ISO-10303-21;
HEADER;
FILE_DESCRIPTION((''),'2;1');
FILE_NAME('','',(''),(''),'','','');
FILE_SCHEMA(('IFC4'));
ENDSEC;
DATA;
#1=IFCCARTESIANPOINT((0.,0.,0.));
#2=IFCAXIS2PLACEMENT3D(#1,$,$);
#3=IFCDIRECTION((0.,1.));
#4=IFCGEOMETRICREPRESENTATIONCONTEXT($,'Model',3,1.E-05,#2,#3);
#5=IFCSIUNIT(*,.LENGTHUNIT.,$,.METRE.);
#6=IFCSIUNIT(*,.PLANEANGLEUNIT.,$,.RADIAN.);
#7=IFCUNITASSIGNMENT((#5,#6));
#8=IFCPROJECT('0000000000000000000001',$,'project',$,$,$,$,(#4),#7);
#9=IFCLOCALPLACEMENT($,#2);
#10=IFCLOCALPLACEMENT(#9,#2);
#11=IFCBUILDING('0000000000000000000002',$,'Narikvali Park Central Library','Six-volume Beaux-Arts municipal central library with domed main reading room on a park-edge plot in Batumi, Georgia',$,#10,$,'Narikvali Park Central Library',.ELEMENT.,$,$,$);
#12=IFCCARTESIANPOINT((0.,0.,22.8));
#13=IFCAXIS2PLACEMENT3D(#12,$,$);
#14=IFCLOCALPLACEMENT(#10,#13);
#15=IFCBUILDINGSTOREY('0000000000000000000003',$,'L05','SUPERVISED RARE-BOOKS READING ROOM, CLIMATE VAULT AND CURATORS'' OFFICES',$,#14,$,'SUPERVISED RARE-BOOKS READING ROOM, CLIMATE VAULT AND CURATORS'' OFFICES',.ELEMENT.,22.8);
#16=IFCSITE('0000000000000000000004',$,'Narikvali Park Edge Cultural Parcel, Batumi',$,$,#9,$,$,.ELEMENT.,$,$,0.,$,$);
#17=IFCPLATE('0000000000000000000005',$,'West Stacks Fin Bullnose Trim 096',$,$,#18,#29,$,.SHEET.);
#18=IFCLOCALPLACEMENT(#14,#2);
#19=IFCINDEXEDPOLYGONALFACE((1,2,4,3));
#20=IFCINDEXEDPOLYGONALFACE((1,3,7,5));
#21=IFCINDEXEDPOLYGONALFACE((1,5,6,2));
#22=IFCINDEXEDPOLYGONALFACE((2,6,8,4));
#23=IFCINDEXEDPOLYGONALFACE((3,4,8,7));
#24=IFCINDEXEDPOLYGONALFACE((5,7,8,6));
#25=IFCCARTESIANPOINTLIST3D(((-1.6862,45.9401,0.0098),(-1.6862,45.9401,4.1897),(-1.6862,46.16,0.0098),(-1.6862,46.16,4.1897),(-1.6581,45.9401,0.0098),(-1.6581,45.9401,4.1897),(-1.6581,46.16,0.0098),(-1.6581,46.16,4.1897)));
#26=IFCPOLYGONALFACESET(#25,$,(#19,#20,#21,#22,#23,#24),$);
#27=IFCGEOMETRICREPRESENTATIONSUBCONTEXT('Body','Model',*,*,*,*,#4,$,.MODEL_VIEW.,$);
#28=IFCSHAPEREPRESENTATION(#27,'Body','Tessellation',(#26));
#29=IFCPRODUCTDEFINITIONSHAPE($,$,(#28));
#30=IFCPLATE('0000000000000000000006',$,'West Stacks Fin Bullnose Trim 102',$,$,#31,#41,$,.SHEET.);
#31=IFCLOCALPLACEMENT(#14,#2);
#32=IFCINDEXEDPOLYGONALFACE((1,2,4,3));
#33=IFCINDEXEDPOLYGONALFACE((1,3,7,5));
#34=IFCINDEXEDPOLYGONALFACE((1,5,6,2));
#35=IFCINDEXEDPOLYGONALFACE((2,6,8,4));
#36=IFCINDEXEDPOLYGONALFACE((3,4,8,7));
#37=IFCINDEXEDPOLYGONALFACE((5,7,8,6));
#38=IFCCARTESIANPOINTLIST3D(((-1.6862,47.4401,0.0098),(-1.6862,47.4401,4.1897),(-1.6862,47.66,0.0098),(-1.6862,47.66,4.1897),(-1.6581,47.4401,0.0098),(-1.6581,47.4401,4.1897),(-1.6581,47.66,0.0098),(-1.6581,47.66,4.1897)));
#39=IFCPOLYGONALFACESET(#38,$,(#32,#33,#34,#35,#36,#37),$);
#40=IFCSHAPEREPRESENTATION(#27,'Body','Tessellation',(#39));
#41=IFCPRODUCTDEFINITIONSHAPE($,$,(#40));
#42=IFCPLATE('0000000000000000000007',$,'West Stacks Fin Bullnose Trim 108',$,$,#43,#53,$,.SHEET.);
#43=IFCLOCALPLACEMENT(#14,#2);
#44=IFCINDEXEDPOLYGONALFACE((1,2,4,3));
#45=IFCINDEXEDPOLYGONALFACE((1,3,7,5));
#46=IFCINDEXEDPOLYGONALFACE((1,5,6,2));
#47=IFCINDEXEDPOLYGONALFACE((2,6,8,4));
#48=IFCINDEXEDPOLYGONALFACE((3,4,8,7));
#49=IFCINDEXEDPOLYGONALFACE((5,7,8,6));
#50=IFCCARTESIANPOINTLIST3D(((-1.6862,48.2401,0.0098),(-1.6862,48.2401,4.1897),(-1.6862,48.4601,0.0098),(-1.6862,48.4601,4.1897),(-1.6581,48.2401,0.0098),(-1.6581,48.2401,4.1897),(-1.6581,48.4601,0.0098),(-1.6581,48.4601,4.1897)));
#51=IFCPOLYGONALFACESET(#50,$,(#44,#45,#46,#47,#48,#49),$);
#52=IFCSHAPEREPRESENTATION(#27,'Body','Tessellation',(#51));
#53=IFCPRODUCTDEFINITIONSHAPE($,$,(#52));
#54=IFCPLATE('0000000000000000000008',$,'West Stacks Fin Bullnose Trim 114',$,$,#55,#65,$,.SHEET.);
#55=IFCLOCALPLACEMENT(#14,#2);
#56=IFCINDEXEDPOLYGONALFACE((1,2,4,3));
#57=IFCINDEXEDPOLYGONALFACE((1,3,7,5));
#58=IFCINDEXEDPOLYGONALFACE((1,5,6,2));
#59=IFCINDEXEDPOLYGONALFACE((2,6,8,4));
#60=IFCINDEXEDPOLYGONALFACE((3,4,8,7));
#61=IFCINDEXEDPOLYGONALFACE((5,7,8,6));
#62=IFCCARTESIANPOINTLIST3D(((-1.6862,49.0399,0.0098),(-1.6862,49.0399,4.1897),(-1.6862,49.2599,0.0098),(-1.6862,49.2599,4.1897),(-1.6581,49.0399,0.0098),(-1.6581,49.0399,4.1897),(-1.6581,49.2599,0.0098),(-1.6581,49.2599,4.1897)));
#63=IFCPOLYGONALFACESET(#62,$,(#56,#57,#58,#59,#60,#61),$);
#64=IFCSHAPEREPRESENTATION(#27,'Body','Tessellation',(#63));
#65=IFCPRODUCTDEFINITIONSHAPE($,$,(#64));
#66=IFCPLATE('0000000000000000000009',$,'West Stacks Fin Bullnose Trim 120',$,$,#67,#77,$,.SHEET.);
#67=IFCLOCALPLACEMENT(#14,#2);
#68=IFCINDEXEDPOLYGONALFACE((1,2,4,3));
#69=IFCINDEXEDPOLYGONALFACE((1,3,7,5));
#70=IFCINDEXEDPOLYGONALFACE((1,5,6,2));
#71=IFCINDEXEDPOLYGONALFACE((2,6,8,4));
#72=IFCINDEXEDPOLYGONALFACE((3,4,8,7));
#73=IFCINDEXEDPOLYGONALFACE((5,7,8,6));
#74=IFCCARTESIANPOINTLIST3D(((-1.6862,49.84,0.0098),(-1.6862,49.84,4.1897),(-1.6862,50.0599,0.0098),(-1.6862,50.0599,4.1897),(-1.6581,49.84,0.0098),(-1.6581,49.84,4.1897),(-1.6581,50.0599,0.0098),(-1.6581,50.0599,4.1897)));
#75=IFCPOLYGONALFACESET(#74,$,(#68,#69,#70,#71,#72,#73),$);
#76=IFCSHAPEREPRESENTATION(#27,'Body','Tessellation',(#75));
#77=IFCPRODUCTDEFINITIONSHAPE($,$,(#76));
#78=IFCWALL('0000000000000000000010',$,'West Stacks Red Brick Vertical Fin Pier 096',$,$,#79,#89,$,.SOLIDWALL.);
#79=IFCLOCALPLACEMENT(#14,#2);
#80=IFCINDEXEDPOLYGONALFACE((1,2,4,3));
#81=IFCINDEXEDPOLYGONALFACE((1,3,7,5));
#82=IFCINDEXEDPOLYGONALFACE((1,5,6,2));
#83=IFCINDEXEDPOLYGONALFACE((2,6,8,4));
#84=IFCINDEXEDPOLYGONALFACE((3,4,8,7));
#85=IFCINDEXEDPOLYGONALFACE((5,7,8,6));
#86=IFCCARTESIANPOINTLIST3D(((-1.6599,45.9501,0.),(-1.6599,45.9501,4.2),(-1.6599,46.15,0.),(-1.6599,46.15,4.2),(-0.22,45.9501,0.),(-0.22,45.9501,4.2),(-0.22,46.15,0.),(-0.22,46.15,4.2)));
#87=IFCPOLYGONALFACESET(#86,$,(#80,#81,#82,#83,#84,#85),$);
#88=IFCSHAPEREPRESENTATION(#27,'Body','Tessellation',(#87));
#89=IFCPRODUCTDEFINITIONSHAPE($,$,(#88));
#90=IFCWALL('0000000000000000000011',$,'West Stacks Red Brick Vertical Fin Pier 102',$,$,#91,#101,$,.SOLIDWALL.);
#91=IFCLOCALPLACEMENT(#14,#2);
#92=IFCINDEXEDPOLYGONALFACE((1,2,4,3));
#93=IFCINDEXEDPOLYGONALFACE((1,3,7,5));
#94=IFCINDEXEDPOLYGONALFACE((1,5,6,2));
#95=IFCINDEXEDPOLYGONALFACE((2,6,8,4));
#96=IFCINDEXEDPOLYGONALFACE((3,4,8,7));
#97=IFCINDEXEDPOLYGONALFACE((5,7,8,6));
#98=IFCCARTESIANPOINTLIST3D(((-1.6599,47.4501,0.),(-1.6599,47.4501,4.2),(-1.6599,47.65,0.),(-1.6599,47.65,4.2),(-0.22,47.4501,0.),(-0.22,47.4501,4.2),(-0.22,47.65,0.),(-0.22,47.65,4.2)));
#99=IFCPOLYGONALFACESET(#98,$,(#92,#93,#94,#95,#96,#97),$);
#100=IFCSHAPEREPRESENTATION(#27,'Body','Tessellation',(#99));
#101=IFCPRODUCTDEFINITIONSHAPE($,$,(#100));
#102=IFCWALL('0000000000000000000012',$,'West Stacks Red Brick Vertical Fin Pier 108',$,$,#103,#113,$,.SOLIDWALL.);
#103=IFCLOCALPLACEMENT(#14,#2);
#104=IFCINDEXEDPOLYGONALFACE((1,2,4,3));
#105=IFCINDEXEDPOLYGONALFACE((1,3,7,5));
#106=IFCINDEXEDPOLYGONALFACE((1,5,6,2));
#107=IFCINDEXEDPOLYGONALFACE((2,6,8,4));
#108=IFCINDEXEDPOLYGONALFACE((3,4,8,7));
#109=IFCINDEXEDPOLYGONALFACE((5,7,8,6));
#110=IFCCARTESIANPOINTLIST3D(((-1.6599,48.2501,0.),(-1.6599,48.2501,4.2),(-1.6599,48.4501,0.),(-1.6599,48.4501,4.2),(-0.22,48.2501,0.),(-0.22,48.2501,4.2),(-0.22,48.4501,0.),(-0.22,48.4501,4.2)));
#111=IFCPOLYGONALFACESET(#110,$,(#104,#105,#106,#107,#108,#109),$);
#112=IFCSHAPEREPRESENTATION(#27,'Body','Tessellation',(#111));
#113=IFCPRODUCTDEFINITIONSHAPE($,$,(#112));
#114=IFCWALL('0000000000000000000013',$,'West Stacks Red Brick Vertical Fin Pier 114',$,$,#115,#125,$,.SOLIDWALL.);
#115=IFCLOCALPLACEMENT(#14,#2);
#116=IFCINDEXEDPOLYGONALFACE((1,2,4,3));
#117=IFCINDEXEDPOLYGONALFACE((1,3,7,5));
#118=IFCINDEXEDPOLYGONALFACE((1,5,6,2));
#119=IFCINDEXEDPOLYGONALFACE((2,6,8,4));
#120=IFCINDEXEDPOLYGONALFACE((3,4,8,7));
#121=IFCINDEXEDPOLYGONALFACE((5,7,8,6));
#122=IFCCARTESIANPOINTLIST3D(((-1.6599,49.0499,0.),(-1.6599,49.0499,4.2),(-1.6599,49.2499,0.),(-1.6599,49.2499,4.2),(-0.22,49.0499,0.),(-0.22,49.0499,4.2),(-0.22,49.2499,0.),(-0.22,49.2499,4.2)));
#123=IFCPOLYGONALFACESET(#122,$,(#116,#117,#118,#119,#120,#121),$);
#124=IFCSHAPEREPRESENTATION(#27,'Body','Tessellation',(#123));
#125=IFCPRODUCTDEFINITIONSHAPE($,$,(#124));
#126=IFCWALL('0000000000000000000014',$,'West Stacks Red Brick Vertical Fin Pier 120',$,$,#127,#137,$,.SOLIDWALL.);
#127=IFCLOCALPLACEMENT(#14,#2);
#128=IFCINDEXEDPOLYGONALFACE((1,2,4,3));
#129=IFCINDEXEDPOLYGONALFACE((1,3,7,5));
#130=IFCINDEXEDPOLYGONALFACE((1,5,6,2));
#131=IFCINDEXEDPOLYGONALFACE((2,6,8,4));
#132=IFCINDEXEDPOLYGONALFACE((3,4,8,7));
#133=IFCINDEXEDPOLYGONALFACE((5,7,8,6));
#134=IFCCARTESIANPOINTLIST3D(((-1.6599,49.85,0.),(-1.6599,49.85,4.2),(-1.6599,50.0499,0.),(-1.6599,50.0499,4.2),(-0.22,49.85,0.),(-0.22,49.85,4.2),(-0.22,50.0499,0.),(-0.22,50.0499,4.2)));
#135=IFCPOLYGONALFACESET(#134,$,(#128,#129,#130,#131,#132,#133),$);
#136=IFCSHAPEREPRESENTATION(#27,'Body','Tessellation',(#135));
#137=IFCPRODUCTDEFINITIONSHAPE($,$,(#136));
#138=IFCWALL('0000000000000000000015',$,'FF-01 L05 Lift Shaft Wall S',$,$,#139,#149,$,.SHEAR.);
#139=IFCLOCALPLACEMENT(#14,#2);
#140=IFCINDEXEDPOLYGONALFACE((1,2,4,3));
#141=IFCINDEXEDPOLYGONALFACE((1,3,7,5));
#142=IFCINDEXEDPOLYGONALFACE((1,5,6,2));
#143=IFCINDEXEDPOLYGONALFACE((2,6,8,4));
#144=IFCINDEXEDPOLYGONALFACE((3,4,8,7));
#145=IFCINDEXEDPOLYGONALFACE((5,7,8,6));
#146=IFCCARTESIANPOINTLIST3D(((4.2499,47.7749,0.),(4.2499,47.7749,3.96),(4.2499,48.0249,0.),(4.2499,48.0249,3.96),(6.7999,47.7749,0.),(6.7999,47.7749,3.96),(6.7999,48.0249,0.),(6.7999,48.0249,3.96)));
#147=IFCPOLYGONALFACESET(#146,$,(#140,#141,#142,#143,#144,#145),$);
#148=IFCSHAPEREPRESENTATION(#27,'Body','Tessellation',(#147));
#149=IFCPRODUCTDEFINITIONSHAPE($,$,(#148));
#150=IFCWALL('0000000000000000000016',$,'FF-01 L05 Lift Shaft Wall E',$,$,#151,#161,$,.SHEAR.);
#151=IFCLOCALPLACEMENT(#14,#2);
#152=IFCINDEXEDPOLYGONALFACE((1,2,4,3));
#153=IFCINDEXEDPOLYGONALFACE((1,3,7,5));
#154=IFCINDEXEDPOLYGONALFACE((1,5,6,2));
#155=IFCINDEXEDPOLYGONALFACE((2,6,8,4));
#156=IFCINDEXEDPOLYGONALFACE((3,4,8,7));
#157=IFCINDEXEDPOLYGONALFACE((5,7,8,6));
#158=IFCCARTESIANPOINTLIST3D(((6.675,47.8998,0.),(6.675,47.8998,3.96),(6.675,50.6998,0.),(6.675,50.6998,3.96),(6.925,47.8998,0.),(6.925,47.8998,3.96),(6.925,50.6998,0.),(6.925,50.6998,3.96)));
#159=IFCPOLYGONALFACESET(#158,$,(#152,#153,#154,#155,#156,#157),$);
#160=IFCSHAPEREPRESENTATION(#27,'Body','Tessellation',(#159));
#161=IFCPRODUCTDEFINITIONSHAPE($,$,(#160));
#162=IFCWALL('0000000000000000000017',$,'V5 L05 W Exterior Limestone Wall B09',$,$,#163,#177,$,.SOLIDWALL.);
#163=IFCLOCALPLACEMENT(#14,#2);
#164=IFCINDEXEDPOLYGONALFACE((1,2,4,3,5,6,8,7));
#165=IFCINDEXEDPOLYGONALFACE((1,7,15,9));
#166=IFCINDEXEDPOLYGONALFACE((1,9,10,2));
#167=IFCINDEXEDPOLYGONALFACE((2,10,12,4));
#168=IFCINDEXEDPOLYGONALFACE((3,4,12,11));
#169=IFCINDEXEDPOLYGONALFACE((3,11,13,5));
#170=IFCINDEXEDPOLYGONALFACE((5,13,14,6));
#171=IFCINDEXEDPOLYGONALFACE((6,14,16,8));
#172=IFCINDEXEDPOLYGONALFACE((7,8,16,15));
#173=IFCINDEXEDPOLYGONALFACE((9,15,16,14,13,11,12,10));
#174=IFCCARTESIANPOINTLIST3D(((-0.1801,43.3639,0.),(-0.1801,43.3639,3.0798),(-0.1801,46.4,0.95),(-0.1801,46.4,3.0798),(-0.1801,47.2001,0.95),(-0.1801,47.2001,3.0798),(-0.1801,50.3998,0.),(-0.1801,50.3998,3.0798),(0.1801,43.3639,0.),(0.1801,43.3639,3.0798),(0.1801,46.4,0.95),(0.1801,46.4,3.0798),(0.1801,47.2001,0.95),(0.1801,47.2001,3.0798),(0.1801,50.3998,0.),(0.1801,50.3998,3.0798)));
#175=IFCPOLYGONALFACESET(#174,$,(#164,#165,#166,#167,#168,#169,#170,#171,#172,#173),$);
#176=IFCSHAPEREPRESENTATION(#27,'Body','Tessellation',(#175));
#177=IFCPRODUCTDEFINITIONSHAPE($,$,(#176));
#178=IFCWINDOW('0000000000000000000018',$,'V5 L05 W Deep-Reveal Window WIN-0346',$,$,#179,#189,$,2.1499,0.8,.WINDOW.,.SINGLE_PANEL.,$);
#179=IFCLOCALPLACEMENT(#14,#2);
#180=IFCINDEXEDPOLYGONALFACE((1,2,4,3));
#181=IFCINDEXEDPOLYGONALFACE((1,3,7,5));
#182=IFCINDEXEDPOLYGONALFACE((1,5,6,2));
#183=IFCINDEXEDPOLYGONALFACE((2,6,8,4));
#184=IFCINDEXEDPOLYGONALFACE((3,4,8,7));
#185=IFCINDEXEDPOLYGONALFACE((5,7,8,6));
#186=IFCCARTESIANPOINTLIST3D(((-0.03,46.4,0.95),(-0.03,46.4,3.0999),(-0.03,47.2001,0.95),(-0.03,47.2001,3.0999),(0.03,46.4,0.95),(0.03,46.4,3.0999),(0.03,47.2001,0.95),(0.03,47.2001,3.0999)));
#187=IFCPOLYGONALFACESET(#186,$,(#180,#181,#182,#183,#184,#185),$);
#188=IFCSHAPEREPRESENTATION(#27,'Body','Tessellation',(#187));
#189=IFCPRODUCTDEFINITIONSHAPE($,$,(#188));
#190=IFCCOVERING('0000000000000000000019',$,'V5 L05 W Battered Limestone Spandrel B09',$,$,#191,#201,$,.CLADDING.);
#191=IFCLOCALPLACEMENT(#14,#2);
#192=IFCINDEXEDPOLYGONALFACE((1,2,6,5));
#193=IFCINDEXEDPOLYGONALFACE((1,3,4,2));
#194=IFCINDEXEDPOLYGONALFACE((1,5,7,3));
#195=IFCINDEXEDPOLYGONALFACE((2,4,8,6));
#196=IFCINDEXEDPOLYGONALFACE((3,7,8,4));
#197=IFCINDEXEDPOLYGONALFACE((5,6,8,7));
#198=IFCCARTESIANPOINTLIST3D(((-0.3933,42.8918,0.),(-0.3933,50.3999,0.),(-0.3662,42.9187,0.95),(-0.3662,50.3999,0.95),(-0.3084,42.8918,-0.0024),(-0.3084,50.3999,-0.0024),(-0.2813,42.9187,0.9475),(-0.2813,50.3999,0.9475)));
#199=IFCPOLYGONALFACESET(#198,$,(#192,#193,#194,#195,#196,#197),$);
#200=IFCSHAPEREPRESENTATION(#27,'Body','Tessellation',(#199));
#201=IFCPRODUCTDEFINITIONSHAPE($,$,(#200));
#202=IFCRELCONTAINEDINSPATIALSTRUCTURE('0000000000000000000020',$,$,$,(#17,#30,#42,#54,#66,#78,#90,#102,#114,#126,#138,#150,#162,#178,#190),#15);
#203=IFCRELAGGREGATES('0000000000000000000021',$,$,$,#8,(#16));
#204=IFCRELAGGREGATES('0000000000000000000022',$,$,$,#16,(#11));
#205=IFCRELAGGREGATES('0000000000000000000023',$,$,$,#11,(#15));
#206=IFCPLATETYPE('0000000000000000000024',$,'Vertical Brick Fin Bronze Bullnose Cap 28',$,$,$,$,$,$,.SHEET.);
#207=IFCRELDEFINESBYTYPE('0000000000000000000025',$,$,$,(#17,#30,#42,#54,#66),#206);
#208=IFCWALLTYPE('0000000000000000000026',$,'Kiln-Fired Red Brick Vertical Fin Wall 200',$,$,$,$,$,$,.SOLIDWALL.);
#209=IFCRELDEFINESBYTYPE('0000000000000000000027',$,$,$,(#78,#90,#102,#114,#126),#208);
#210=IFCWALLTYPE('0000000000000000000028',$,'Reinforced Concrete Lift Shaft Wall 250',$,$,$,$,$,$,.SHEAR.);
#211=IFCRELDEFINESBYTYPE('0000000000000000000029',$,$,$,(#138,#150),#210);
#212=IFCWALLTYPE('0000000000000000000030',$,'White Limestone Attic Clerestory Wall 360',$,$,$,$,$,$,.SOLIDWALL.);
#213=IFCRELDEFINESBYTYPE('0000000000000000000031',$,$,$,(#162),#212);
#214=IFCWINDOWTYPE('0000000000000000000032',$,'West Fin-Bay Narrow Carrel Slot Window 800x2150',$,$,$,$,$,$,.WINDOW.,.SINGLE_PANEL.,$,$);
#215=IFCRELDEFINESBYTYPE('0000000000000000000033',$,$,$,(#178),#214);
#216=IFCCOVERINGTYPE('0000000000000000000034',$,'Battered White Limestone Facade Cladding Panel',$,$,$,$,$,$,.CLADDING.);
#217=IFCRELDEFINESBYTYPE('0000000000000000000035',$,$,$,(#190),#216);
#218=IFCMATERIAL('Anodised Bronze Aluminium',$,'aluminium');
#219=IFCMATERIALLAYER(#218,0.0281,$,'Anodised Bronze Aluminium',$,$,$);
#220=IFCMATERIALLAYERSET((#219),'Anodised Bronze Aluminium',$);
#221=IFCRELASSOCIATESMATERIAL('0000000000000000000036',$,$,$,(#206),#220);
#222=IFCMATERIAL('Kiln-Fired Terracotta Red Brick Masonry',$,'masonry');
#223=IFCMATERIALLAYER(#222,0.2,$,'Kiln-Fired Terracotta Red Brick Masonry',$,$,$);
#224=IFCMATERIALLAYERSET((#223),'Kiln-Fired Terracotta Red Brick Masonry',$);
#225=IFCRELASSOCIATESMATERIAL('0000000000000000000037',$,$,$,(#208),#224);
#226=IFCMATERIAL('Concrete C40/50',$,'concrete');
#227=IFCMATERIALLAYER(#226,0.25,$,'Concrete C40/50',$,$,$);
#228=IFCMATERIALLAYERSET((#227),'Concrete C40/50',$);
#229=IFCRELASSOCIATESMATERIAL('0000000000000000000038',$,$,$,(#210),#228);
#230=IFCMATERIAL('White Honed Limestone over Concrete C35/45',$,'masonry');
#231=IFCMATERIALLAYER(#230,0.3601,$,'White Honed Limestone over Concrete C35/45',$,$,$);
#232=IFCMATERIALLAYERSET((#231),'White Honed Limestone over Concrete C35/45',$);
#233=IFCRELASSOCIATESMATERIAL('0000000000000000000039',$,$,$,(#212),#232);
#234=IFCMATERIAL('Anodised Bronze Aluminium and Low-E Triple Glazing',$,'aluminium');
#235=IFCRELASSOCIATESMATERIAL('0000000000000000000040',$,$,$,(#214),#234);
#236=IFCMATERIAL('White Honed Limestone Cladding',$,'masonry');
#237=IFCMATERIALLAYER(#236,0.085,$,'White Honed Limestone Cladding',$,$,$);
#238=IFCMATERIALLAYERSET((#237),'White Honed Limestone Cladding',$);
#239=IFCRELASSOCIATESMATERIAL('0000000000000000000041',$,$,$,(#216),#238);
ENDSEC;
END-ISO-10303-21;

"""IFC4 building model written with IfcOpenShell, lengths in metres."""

from ifc_helpers import new_model, si_unit, direction, frame, frame_2d, origin, origin_2d, place, context, subcontext, project, spatial, polyline, rectangle, outline, extrude, material, layer, layer_set, type_object, element, fill, save


model = new_model("IFC4")

# Units and contexts
model_context = context("Model", 3, precision=1e-05, world=origin(), true_north=direction((0.0, 1.0)))
body_context = subcontext(model_context, "Body", "Model", "MODEL_VIEW")
ifc_project = project(units=[si_unit("LENGTHUNIT", "METRE"), si_unit("PLANEANGLEUNIT", "RADIAN")], contexts=[model_context])

# Site, building, storey
site_placement = place(None, origin())
site = spatial("IfcSite", under=ifc_project, at=site_placement, Name="Narikvali Park Edge Cultural Parcel, Batumi", CompositionType="ELEMENT", RefElevation=0.0)
building_placement = place(site_placement, origin())
building = spatial("IfcBuilding", under=site, at=building_placement, Name="Narikvali Park Central Library", Description="Six-volume Beaux-Arts municipal central library with domed main reading room on a park-edge plot in Batumi, Georgia", LongName="Narikvali Park Central Library", CompositionType="ELEMENT")
storey_placement = place(building_placement, frame((0.0, 0.0, 22.8)))
storey = spatial("IfcBuildingStorey", under=building, at=storey_placement, Name="L05", Description="SUPERVISED RARE-BOOKS READING ROOM, CLIMATE VAULT AND CURATORS' OFFICES", LongName="SUPERVISED RARE-BOOKS READING ROOM, CLIMATE VAULT AND CURATORS' OFFICES", CompositionType="ELEMENT", Elevation=22.8)

# Plates
ifc_material_1 = material(Name="Anodised Bronze Aluminium", Category="aluminium")
ifc_layer_1 = layer(ifc_material_1, 0.0281, Name="Anodised Bronze Aluminium")
ifc_layer_set_1 = layer_set([ifc_layer_1], Name="Anodised Bronze Aluminium")
plate_type = type_object("IfcPlateType", Name="Vertical Brick Fin Bronze Bullnose Cap 28", PredefinedType="SHEET", material=ifc_layer_set_1)
for number, where, z_axis, x_axis, name in (
    (1, (-1.6721, 46.05, 0.0098), (0.0, 0.0, 1.0), (1.0, 0.0, 0.0), "West Stacks Fin Bullnose Trim 096"),
    (2, (-1.6721, 47.55, 0.0098), (0.0, 0.0, 1.0), (1.0, 0.0, 0.0), "West Stacks Fin Bullnose Trim 102"),
    (3, (-1.6721, 48.3501, 0.0098), (0.0, 0.0, 1.0), (1.0, 0.0, 0.0), "West Stacks Fin Bullnose Trim 108"),
    (4, (-1.6721, 49.1499, 0.0098), (0.0, 0.0, 1.0), (1.0, 0.0, 0.0), "West Stacks Fin Bullnose Trim 114"),
    (5, (-1.6721, 49.95, 0.0098), (0.0, 0.0, 1.0), (1.0, 0.0, 0.0), "West Stacks Fin Bullnose Trim 120"),
):
    element("IfcPlate", number, at=place(storey_placement, frame(where, z_axis=z_axis, x_axis=x_axis)), inside=storey, type_object=plate_type, Name=name, PredefinedType="SHEET", context=body_context, shape_type="SweptSolid", body=[
        extrude(rectangle(XDim=0.0281, YDim=0.22, at=origin_2d()), origin(), (0.0, 0.0, 1.0), 4.1799),
    ])

# Walls
ifc_material_2 = material(Name="Kiln-Fired Terracotta Red Brick Masonry", Category="masonry")
ifc_layer_2 = layer(ifc_material_2, 0.2, Name="Kiln-Fired Terracotta Red Brick Masonry")
ifc_layer_set_2 = layer_set([ifc_layer_2], Name="Kiln-Fired Terracotta Red Brick Masonry")
wall_type_1 = type_object("IfcWallType", Name="Kiln-Fired Red Brick Vertical Fin Wall 200", PredefinedType="SOLIDWALL", material=ifc_layer_set_2)
for number, where, z_axis, x_axis, name in (
    (6, (-1.6599, 46.05, 0.0), (0.0, 0.0, 1.0), (1.0, 0.0, 0.0), "West Stacks Red Brick Vertical Fin Pier 096"),
    (7, (-1.6599, 47.55, 0.0), (0.0, 0.0, 1.0), (1.0, 0.0, 0.0), "West Stacks Red Brick Vertical Fin Pier 102"),
    (8, (-1.6599, 48.3501, 0.0), (0.0, 0.0, 1.0), (1.0, 0.0, 0.0), "West Stacks Red Brick Vertical Fin Pier 108"),
    (9, (-1.6599, 49.1499, 0.0), (0.0, 0.0, 1.0), (1.0, 0.0, 0.0), "West Stacks Red Brick Vertical Fin Pier 114"),
    (10, (-1.6599, 49.95, 0.0), (0.0, 0.0, 1.0), (1.0, 0.0, 0.0), "West Stacks Red Brick Vertical Fin Pier 120"),
):
    element("IfcWall", number, at=place(storey_placement, frame(where, z_axis=z_axis, x_axis=x_axis)), inside=storey, type_object=wall_type_1, Name=name, PredefinedType="SOLIDWALL", context=body_context, shape_type="SweptSolid", body=[
        extrude(rectangle(XDim=1.4399, YDim=0.2, at=frame_2d((0.72, 0.0))), origin(), (0.0, 0.0, 1.0), 4.2),
    ])
ifc_material_3 = material(Name="Concrete C40/50", Category="concrete")
ifc_layer_3 = layer(ifc_material_3, 0.25, Name="Concrete C40/50")
ifc_layer_set_3 = layer_set([ifc_layer_3], Name="Concrete C40/50")
wall_type_2 = type_object("IfcWallType", Name="Reinforced Concrete Lift Shaft Wall 250", PredefinedType="SHEAR", material=ifc_layer_set_3)
wall_1_placement = place(storey_placement, frame((4.25, 47.8999, 0.0), z_axis=(0.0, 0.0, 1.0), x_axis=(1.0, 0.0, 0.0)))
element("IfcWall", 11, at=wall_1_placement, inside=storey, type_object=wall_type_2, Name="FF-01 L05 Lift Shaft Wall S", PredefinedType="SHEAR", context=body_context, shape_type="SweptSolid", body=[
    extrude(rectangle(XDim=2.55, YDim=0.25, at=frame_2d((1.2749, 0.0))), origin(), (0.0, 0.0, 1.0), 3.96),
])
wall_2_placement = place(storey_placement, frame((6.8, 47.8999, 0.0), z_axis=(0.0, 0.0, 1.0), x_axis=(0.0, 1.0, 0.0)))
element("IfcWall", 12, at=wall_2_placement, inside=storey, type_object=wall_type_2, Name="FF-01 L05 Lift Shaft Wall E", PredefinedType="SHEAR", context=body_context, shape_type="SweptSolid", body=[
    extrude(rectangle(XDim=2.8, YDim=0.25, at=frame_2d((1.3999, 0.0))), origin(), (0.0, 0.0, 1.0), 3.96),
])

# Wall, opening, window
ifc_material_4 = material(Name="White Honed Limestone over Concrete C35/45", Category="masonry")
ifc_layer_4 = layer(ifc_material_4, 0.3601, Name="White Honed Limestone over Concrete C35/45")
ifc_layer_set_4 = layer_set([ifc_layer_4], Name="White Honed Limestone over Concrete C35/45")
wall_type_3 = type_object("IfcWallType", Name="White Limestone Attic Clerestory Wall 360", PredefinedType="SOLIDWALL", material=ifc_layer_set_4)
wall_3_placement = place(storey_placement, frame((0.0, 50.3999, 0.0), z_axis=(0.0, 0.0, 1.0), x_axis=(0.0, -1.0, 0.0)))
wall_3 = element("IfcWall", 13, at=wall_3_placement, inside=storey, type_object=wall_type_3, Name="V5 L05 W Exterior Limestone Wall B09", PredefinedType="SOLIDWALL", context=body_context, shape_type="SweptSolid", body=[
    extrude(rectangle(XDim=7.0359, YDim=0.3601, at=frame_2d((3.5181, 0.0))), origin(), (0.0, 0.0, 1.0), 3.0798),
])
opening_placement = place(wall_3_placement, frame((3.2, 0.0, 0.95)))
opening = element("IfcOpeningElement", 14, at=opening_placement, cuts=wall_3, PredefinedType="OPENING", context=body_context, shape_type="SweptSolid", body=[
    extrude(rectangle(XDim=0.8, YDim=2.1499, at=frame_2d((0.3999, 1.075))), frame((0.0, 0.1919, 0.0), z_axis=(0.0, -1.0, 0.0), x_axis=(1.0, 0.0, 0.0)), (0.0, 0.0, 1.0), 0.384),
])
ifc_material_5 = material(Name="Anodised Bronze Aluminium and Low-E Triple Glazing", Category="aluminium")
window_type = type_object("IfcWindowType", Name="West Fin-Bay Narrow Carrel Slot Window 800x2150", PartitioningType="SINGLE_PANEL", PredefinedType="WINDOW", material=ifc_material_5)
window_placement = place(opening_placement, origin())
window = element("IfcWindow", 15, at=window_placement, inside=storey, type_object=window_type, Name="V5 L05 W Deep-Reveal Window WIN-0346", OverallHeight=2.1499, OverallWidth=0.8, PartitioningType="SINGLE_PANEL", PredefinedType="WINDOW", context=body_context, shape_type="SweptSolid", body=[
    extrude(rectangle(XDim=0.8, YDim=2.1499, at=frame_2d((0.3999, 1.075))), frame((0.0, 0.03, 0.0), z_axis=(0.0, -1.0, 0.0), x_axis=(1.0, 0.0, 0.0)), (0.0, 0.0, 1.0), 0.0601),
])
fill(opening, window)

# Covering
ifc_material_6 = material(Name="White Honed Limestone Cladding", Category="masonry")
ifc_layer_5 = layer(ifc_material_6, 0.085, Name="White Honed Limestone Cladding")
ifc_layer_set_5 = layer_set([ifc_layer_5], Name="White Honed Limestone Cladding")
covering_type = type_object("IfcCoveringType", Name="Battered White Limestone Facade Cladding Panel", PredefinedType="CLADDING", material=ifc_layer_set_5)
covering_1_placement = place(storey_placement, frame((-0.3933, 50.3999, 0.0), z_axis=(-0.999593, 0.0, 0.028516), x_axis=(0.0, -1.0, 0.0)))
element("IfcCovering", 16, at=covering_1_placement, inside=storey, type_object=covering_type, Name="V5 L05 W Battered Limestone Spandrel B09", PredefinedType="CLADDING", context=body_context, shape_type="SweptSolid", body=[
    extrude(outline(polyline([(0.0, 0.0), (7.5081, 0.0), (7.4812, 0.9503), (0.0, 0.9503), (0.0, 0.0)])), origin(), (0.0, 0.0, -1.0), 0.085),
])

save(model, "model.ifc")
